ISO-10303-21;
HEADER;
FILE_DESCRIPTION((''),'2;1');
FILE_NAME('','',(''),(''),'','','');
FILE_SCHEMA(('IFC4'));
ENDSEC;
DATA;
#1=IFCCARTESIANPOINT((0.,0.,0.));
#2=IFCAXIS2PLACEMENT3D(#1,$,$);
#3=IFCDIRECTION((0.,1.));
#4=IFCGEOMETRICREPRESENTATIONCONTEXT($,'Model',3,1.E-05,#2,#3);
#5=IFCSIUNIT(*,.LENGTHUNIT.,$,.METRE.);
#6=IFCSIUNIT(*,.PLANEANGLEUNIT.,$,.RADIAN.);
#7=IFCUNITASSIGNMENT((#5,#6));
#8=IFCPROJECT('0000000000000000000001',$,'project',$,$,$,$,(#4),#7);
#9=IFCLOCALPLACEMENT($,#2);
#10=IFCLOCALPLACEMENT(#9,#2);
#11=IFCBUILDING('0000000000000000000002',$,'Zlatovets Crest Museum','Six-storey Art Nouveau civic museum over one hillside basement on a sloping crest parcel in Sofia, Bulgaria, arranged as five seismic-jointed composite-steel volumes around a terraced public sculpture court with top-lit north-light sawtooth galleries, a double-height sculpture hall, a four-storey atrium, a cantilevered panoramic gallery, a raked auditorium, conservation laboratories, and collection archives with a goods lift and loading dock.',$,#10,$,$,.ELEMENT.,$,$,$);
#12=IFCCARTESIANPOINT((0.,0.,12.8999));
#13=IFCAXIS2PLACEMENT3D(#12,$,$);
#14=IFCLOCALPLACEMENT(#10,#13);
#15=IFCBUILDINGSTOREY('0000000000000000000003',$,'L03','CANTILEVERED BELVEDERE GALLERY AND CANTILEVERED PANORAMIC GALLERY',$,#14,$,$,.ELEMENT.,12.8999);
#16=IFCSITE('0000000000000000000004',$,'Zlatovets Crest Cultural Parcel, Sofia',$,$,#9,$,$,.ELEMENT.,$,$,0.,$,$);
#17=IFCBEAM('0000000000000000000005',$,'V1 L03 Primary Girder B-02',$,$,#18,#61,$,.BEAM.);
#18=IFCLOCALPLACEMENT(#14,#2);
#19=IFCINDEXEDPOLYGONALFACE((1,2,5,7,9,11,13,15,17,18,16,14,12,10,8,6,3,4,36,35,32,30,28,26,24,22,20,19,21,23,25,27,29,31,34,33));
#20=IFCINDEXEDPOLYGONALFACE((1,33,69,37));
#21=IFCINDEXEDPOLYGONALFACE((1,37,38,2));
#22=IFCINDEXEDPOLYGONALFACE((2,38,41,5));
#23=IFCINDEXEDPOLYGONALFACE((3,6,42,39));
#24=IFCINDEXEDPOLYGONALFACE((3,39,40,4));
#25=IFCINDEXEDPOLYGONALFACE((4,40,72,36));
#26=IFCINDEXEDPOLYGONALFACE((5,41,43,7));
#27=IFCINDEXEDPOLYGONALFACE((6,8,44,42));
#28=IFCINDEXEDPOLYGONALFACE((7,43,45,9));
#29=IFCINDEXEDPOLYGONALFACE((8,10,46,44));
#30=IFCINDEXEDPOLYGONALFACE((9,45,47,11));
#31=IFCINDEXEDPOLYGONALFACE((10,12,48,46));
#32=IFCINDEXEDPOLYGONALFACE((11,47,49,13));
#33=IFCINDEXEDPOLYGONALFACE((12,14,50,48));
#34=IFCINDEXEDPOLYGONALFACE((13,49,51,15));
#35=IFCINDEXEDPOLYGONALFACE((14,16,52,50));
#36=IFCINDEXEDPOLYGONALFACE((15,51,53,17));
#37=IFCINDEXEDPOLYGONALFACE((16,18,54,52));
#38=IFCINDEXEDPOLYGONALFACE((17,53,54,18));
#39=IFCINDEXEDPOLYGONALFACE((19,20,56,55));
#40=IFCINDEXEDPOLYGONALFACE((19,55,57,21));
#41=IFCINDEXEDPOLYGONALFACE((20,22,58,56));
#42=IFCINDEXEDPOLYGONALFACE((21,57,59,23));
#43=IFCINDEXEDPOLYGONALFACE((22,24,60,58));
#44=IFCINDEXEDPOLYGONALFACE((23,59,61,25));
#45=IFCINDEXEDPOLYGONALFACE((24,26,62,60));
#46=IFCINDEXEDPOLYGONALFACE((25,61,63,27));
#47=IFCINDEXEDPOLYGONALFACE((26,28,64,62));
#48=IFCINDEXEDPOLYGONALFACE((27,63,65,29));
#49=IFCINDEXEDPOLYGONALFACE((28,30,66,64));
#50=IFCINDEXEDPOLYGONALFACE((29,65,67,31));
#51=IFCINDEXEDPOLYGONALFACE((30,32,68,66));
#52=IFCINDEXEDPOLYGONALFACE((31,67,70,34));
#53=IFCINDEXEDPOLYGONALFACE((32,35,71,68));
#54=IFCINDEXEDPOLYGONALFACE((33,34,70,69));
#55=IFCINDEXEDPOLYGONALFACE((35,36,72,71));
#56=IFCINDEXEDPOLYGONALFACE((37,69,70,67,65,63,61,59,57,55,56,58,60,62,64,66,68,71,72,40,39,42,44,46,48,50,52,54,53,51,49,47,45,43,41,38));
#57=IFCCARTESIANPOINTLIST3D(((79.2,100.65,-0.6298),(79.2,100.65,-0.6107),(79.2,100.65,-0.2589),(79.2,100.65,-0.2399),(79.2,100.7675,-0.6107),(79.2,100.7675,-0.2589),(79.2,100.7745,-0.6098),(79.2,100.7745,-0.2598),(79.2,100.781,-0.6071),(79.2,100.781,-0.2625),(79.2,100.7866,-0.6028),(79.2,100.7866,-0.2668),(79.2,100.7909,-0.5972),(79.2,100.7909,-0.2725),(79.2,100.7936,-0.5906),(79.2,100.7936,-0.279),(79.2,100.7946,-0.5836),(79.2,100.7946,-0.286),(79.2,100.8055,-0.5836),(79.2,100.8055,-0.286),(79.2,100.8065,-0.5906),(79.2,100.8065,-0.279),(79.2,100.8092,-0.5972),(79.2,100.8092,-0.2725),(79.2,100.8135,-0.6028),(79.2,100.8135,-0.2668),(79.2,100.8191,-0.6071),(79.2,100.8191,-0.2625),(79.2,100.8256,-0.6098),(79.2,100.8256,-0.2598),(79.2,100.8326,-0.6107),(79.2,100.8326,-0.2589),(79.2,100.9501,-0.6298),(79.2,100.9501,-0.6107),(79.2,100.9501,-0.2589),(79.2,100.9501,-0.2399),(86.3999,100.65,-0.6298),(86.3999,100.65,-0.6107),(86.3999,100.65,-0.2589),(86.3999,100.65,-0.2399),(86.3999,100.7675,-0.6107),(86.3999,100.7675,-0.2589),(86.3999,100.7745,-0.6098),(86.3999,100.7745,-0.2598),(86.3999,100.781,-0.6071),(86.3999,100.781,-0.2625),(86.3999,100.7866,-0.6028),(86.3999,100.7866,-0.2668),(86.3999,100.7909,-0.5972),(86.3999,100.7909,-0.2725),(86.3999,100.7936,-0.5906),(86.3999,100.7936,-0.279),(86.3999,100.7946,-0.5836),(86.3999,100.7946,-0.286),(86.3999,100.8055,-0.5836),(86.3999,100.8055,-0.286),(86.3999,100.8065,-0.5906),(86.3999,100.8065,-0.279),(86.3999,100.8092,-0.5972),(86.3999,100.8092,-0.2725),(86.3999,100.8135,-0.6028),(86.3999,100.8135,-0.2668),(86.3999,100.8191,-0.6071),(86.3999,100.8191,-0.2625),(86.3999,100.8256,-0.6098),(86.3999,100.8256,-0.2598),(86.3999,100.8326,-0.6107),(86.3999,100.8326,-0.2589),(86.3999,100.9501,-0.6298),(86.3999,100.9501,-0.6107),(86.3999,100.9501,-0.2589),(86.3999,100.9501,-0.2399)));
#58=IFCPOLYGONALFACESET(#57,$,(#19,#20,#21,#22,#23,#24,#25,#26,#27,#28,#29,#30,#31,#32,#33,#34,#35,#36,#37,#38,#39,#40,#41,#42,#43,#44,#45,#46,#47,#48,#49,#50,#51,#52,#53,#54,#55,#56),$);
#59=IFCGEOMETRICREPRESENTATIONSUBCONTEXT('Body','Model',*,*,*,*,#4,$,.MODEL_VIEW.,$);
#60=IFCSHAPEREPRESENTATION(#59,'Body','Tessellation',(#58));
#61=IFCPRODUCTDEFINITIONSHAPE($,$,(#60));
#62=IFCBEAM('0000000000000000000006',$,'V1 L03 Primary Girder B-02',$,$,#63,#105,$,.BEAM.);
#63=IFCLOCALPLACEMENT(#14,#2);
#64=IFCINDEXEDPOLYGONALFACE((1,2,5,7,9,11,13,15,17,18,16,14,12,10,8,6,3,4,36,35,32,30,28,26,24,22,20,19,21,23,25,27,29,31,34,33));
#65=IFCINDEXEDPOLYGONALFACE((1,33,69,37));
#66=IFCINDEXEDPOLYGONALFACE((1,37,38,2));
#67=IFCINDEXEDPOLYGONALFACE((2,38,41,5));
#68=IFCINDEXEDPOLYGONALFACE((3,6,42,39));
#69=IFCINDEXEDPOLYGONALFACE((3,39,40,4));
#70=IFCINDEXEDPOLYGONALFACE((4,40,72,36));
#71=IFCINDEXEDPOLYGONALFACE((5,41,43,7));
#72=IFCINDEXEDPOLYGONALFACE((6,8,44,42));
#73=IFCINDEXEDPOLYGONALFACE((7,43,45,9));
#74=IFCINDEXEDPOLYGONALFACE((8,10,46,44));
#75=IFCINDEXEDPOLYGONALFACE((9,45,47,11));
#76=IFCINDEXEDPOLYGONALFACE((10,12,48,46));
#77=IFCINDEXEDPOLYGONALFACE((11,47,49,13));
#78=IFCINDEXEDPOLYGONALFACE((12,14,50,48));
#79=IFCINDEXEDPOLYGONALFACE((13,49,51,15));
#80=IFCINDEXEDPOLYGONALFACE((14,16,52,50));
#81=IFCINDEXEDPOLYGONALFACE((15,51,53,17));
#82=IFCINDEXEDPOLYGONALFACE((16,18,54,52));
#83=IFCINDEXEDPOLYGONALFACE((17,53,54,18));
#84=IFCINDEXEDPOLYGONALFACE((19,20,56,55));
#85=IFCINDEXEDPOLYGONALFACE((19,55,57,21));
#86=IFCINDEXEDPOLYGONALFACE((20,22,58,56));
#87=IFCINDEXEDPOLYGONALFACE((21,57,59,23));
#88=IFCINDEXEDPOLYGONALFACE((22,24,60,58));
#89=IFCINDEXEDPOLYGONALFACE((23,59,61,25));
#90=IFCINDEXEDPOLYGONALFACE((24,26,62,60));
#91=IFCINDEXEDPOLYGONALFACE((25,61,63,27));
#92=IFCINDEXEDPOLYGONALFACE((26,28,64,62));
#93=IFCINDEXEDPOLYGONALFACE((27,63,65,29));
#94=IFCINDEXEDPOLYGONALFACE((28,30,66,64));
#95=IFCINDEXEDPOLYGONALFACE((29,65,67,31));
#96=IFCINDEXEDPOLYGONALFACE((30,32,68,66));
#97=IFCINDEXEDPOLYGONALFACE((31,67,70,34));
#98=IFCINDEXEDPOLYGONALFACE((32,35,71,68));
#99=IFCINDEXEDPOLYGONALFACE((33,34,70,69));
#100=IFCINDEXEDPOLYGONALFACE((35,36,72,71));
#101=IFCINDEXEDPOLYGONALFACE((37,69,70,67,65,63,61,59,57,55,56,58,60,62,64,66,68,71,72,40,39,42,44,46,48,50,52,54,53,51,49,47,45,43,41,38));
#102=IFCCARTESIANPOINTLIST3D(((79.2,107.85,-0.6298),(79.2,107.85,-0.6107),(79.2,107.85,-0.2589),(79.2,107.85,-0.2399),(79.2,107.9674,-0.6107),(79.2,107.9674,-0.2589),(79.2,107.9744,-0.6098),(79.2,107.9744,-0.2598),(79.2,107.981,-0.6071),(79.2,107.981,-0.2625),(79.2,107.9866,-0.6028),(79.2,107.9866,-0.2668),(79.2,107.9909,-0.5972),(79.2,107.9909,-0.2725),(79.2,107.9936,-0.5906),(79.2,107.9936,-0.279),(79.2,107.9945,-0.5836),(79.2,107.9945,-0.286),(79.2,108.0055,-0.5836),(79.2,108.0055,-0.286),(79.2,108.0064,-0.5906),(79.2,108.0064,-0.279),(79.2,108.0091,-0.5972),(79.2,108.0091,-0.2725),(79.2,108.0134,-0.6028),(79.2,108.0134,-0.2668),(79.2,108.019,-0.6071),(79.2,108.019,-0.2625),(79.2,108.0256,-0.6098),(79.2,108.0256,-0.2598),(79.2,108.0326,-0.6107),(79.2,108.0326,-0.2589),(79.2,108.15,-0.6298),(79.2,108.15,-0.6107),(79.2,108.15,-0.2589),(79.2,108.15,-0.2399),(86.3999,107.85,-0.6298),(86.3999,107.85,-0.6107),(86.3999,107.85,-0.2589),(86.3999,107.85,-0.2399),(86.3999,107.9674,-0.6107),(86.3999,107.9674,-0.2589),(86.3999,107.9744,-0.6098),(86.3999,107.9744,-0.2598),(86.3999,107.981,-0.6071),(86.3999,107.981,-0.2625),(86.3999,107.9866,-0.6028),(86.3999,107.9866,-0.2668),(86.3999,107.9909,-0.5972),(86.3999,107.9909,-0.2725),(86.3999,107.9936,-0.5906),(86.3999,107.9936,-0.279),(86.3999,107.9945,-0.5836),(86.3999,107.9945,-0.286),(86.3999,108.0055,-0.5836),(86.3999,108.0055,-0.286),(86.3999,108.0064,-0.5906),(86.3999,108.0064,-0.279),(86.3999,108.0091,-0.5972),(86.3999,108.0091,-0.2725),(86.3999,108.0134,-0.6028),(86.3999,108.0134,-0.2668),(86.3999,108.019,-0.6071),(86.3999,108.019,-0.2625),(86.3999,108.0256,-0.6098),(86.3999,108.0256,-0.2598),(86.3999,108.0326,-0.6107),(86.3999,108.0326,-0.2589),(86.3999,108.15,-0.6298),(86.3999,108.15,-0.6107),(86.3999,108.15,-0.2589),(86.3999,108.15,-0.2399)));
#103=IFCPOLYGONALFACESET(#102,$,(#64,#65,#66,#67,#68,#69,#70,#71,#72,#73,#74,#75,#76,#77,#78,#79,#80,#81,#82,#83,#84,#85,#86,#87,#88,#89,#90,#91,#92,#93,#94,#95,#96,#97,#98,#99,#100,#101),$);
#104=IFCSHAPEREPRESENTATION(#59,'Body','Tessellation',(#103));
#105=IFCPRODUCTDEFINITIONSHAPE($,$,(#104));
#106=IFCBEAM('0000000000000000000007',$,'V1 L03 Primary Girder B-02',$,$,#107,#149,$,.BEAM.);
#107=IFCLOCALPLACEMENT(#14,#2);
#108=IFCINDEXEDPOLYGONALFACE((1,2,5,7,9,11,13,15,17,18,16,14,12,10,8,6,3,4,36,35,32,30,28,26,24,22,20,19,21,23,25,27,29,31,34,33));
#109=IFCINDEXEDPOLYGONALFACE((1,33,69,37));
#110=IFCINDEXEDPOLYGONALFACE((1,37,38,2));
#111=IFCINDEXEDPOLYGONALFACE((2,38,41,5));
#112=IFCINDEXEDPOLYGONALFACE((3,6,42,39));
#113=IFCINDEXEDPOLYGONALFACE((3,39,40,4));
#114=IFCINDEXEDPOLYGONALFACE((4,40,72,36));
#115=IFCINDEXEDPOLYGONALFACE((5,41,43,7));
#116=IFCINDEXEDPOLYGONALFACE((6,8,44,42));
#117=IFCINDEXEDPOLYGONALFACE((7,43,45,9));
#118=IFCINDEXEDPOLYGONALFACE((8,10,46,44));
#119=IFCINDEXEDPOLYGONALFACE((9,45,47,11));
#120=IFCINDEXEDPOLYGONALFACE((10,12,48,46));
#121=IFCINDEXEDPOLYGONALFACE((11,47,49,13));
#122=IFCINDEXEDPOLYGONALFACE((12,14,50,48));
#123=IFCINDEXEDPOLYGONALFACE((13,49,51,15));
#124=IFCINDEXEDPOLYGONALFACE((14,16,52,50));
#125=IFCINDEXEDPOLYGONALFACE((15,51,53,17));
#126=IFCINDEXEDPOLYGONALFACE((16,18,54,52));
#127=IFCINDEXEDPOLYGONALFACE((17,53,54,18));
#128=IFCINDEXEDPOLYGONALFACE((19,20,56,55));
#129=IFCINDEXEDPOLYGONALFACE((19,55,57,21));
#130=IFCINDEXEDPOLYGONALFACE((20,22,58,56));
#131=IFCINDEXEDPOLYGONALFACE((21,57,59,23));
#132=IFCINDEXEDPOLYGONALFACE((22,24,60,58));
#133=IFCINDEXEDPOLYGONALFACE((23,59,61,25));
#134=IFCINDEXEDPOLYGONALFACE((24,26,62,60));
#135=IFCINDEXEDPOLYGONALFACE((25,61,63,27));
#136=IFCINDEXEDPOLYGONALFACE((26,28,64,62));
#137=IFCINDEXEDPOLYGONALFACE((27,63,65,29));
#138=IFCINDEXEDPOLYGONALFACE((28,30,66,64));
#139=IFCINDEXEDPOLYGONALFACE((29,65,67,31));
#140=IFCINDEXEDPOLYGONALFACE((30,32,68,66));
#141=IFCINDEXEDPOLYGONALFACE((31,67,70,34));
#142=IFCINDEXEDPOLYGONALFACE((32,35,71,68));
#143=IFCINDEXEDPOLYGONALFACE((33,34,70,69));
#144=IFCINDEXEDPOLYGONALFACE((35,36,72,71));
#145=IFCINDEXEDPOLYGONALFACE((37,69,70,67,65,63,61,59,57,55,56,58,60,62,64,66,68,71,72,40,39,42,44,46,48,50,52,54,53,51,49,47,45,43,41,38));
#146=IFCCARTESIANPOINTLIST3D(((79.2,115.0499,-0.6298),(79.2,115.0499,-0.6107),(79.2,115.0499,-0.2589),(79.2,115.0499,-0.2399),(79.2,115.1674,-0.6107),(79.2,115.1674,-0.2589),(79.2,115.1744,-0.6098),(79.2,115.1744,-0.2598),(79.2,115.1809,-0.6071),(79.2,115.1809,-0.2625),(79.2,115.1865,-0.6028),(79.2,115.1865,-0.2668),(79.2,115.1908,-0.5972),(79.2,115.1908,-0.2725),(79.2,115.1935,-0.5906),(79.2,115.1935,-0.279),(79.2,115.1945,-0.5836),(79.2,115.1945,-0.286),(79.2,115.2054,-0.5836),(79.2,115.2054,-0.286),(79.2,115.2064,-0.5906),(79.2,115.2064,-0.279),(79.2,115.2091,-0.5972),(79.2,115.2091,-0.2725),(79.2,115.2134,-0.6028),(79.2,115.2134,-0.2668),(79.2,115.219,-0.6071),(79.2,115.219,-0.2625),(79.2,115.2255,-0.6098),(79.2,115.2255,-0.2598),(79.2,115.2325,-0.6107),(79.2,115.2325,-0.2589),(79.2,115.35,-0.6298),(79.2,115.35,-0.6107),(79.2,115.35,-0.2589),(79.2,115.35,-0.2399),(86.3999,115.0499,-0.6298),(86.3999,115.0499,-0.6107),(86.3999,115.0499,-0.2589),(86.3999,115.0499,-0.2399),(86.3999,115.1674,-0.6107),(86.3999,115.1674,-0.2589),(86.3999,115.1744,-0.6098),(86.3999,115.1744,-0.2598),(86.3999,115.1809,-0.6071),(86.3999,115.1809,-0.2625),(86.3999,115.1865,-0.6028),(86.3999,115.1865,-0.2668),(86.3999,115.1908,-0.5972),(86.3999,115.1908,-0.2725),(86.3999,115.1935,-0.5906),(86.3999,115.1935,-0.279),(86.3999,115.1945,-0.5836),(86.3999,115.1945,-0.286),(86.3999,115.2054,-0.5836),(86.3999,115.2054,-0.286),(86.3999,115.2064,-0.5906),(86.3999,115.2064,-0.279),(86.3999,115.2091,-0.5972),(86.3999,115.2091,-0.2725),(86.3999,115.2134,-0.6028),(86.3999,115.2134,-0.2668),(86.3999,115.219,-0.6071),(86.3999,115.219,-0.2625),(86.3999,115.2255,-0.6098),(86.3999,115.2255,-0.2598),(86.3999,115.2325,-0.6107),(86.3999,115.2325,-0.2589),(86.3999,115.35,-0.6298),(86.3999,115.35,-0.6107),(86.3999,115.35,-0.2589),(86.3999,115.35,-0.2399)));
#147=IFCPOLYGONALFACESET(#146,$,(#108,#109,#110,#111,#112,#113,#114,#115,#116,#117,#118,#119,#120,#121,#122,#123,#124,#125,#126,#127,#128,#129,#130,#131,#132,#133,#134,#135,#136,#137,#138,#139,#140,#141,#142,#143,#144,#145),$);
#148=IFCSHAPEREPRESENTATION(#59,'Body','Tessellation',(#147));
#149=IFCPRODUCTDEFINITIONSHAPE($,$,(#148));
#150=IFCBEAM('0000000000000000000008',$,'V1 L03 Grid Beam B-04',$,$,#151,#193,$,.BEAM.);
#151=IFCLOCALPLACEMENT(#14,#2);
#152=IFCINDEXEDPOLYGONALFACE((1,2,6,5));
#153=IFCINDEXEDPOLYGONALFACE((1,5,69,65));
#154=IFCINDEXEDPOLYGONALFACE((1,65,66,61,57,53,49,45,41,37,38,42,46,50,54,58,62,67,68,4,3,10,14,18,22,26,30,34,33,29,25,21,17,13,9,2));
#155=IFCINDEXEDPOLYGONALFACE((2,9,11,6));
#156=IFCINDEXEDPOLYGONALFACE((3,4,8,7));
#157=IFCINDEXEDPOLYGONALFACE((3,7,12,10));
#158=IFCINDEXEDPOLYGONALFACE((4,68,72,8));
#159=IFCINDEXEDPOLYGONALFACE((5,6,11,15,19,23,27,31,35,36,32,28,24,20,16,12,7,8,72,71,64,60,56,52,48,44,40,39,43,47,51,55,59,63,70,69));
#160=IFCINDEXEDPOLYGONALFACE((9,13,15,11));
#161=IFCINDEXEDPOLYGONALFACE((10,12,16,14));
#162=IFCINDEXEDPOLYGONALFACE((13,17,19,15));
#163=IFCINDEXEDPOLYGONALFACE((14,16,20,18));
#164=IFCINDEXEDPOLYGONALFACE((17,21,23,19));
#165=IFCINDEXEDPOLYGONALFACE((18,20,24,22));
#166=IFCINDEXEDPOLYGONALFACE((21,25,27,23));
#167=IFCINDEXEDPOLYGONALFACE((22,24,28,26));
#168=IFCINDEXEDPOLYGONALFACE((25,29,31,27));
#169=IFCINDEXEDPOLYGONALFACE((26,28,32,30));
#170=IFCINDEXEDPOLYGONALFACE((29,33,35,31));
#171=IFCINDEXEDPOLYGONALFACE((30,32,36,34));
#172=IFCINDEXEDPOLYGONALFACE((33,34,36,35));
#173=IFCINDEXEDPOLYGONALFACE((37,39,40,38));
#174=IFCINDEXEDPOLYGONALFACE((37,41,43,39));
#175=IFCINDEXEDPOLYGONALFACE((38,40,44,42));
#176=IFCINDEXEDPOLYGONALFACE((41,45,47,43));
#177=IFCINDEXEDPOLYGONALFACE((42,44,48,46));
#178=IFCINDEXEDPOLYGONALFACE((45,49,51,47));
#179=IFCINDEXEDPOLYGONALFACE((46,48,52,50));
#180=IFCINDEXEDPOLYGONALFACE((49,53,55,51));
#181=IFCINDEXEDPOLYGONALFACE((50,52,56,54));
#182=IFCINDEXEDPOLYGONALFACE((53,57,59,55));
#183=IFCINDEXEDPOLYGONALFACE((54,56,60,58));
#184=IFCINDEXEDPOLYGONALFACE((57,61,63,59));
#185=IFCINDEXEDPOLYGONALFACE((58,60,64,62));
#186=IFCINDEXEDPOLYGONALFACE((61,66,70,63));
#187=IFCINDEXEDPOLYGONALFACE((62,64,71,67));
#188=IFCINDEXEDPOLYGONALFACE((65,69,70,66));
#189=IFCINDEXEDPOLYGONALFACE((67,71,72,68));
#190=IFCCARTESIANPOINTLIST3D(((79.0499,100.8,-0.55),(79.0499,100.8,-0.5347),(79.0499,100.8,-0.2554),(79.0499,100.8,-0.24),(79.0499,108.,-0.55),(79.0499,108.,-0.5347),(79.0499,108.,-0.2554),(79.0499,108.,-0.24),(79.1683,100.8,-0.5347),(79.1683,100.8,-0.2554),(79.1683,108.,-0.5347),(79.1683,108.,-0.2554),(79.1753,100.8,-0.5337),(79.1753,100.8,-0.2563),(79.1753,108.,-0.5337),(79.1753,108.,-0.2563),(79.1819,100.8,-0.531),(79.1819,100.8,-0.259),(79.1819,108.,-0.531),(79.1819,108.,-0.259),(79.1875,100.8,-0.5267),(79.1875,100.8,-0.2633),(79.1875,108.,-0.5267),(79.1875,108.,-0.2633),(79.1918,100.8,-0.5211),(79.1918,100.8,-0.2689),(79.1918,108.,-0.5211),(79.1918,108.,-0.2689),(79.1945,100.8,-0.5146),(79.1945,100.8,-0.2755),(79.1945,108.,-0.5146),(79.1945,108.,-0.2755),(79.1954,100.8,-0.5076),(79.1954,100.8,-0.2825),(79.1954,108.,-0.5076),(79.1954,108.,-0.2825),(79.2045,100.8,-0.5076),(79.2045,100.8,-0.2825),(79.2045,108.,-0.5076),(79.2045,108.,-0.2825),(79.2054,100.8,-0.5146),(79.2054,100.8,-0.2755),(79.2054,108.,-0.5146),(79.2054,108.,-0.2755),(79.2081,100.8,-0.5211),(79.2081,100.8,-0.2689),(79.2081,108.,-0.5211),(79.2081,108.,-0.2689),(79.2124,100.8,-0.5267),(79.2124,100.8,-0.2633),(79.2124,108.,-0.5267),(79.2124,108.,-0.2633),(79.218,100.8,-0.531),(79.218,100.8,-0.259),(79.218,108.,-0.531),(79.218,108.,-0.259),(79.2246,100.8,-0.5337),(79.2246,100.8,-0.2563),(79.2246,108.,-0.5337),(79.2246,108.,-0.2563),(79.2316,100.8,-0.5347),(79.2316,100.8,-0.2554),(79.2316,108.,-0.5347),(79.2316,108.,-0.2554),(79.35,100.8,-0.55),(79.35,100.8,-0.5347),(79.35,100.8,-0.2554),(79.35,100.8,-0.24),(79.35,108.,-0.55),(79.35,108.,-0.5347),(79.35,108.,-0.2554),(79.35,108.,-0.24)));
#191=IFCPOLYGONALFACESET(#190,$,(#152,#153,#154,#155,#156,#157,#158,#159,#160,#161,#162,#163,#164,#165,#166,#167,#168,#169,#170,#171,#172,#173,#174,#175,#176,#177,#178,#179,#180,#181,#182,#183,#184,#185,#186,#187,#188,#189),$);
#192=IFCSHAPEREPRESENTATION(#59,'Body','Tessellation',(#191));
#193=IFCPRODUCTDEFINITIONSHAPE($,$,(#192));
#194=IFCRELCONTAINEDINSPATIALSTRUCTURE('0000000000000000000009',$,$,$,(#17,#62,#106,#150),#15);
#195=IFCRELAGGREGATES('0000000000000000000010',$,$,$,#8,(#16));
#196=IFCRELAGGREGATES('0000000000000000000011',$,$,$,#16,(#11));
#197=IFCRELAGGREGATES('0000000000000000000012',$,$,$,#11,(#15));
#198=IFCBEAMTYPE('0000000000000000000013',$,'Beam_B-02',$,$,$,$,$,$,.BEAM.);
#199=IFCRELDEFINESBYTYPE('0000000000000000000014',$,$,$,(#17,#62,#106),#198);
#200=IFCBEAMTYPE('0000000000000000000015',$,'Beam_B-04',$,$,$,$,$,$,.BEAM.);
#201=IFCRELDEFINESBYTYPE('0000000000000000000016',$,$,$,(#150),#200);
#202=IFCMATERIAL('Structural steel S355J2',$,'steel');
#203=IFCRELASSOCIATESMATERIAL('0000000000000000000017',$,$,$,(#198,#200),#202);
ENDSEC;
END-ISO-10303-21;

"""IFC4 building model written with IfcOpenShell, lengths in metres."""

from ifc_helpers import new_model, si_unit, direction, frame, origin, origin_2d, place, context, subcontext, project, spatial, i_section, extrude, material, material_profile, profile_set, type_object, element, save


model = new_model("IFC4")

# Units and contexts
model_context = context("Model", 3, precision=1e-05, world=origin(), true_north=direction((0.0, 1.0)))
body_context = subcontext(model_context, "Body", "Model", "MODEL_VIEW")
ifc_project = project(units=[si_unit("LENGTHUNIT", "METRE"), si_unit("PLANEANGLEUNIT", "RADIAN")], contexts=[model_context])

# Site, building, storey
site_placement = place(None, origin())
site = spatial("IfcSite", under=ifc_project, at=site_placement, Name="Zlatovets Crest Cultural Parcel, Sofia", CompositionType="ELEMENT", RefElevation=0.0)
building_placement = place(site_placement, origin())
building = spatial("IfcBuilding", under=site, at=building_placement, Name="Zlatovets Crest Museum", Description="Six-storey Art Nouveau civic museum over one hillside basement on a sloping crest parcel in Sofia, Bulgaria, arranged as five seismic-jointed composite-steel volumes around a terraced public sculpture court with top-lit north-light sawtooth galleries, a double-height sculpture hall, a four-storey atrium, a cantilevered panoramic gallery, a raked auditorium, conservation laboratories, and collection archives with a goods lift and loading dock.", CompositionType="ELEMENT")
storey_placement = place(building_placement, frame((0.0, 0.0, 12.8999)))
storey = spatial("IfcBuildingStorey", under=building, at=storey_placement, Name="L03", Description="CANTILEVERED BELVEDERE GALLERY AND CANTILEVERED PANORAMIC GALLERY", CompositionType="ELEMENT", Elevation=12.8999)

# Shared definitions
ifc_material_1 = material(Name="Structural steel S355J2", Category="steel")

# Beams
ifc_material_profile_1 = material_profile(ifc_material_1, i_section(OverallWidth=0.3, OverallDepth=0.3899, WebThickness=0.011, FlangeThickness=0.019, FilletRadius=0.0271, at=origin_2d()), Name="HEA 400")
ifc_profile_set_1 = profile_set([ifc_material_profile_1], Name="Structural steel S355J2")
beam_type_1 = type_object("IfcBeamType", Name="Beam_B-02", PredefinedType="BEAM", material=ifc_profile_set_1)
for number, where, z_axis, x_axis, name in (
    (1, (79.2, 100.8, -0.4348), (1.0, 0.0, 0.0), (0.0, 1.0, 0.0), "V1 L03 Primary Girder B-02"),
    (2, (79.2, 108.0, -0.4348), (1.0, 0.0, 0.0), (0.0, 1.0, 0.0), "V1 L03 Primary Girder B-02"),
    (3, (79.2, 115.2, -0.4348), (1.0, 0.0, 0.0), (0.0, 1.0, 0.0), "V1 L03 Primary Girder B-02"),
):
    element("IfcBeam", number, at=place(storey_placement, frame(where, z_axis=z_axis, x_axis=x_axis)), inside=storey, type_object=beam_type_1, Name=name, PredefinedType="BEAM", context=body_context, shape_type="SweptSolid", body=[
        extrude(i_section(OverallWidth=0.3, OverallDepth=0.3899, WebThickness=0.011, FlangeThickness=0.019, FilletRadius=0.0271, at=origin_2d()), origin(), (0.0, 0.0, 1.0), 7.2),
    ])
ifc_material_profile_2 = material_profile(ifc_material_1, i_section(OverallWidth=0.3, OverallDepth=0.3101, WebThickness=0.009, FlangeThickness=0.0154, FilletRadius=0.0271, at=origin_2d()), Name="HEA 320")
ifc_profile_set_2 = profile_set([ifc_material_profile_2], Name="Structural steel S355J2")
beam_type_2 = type_object("IfcBeamType", Name="Beam_B-04", PredefinedType="BEAM", material=ifc_profile_set_2)
for number, where, z_axis, x_axis, name in (
    (4, (79.2, 100.8, -0.395), (0.0, 1.0, 0.0), (-1.0, 0.0, 0.0), "V1 L03 Grid Beam B-04"),
):
    element("IfcBeam", number, at=place(storey_placement, frame(where, z_axis=z_axis, x_axis=x_axis)), inside=storey, type_object=beam_type_2, Name=name, PredefinedType="BEAM", context=body_context, shape_type="SweptSolid", body=[
        extrude(i_section(OverallWidth=0.3, OverallDepth=0.3101, WebThickness=0.009, FlangeThickness=0.0154, FilletRadius=0.0271, at=origin_2d()), origin(), (0.0, 0.0, 1.0), 7.2),
    ])

save(model, "model.ifc")
